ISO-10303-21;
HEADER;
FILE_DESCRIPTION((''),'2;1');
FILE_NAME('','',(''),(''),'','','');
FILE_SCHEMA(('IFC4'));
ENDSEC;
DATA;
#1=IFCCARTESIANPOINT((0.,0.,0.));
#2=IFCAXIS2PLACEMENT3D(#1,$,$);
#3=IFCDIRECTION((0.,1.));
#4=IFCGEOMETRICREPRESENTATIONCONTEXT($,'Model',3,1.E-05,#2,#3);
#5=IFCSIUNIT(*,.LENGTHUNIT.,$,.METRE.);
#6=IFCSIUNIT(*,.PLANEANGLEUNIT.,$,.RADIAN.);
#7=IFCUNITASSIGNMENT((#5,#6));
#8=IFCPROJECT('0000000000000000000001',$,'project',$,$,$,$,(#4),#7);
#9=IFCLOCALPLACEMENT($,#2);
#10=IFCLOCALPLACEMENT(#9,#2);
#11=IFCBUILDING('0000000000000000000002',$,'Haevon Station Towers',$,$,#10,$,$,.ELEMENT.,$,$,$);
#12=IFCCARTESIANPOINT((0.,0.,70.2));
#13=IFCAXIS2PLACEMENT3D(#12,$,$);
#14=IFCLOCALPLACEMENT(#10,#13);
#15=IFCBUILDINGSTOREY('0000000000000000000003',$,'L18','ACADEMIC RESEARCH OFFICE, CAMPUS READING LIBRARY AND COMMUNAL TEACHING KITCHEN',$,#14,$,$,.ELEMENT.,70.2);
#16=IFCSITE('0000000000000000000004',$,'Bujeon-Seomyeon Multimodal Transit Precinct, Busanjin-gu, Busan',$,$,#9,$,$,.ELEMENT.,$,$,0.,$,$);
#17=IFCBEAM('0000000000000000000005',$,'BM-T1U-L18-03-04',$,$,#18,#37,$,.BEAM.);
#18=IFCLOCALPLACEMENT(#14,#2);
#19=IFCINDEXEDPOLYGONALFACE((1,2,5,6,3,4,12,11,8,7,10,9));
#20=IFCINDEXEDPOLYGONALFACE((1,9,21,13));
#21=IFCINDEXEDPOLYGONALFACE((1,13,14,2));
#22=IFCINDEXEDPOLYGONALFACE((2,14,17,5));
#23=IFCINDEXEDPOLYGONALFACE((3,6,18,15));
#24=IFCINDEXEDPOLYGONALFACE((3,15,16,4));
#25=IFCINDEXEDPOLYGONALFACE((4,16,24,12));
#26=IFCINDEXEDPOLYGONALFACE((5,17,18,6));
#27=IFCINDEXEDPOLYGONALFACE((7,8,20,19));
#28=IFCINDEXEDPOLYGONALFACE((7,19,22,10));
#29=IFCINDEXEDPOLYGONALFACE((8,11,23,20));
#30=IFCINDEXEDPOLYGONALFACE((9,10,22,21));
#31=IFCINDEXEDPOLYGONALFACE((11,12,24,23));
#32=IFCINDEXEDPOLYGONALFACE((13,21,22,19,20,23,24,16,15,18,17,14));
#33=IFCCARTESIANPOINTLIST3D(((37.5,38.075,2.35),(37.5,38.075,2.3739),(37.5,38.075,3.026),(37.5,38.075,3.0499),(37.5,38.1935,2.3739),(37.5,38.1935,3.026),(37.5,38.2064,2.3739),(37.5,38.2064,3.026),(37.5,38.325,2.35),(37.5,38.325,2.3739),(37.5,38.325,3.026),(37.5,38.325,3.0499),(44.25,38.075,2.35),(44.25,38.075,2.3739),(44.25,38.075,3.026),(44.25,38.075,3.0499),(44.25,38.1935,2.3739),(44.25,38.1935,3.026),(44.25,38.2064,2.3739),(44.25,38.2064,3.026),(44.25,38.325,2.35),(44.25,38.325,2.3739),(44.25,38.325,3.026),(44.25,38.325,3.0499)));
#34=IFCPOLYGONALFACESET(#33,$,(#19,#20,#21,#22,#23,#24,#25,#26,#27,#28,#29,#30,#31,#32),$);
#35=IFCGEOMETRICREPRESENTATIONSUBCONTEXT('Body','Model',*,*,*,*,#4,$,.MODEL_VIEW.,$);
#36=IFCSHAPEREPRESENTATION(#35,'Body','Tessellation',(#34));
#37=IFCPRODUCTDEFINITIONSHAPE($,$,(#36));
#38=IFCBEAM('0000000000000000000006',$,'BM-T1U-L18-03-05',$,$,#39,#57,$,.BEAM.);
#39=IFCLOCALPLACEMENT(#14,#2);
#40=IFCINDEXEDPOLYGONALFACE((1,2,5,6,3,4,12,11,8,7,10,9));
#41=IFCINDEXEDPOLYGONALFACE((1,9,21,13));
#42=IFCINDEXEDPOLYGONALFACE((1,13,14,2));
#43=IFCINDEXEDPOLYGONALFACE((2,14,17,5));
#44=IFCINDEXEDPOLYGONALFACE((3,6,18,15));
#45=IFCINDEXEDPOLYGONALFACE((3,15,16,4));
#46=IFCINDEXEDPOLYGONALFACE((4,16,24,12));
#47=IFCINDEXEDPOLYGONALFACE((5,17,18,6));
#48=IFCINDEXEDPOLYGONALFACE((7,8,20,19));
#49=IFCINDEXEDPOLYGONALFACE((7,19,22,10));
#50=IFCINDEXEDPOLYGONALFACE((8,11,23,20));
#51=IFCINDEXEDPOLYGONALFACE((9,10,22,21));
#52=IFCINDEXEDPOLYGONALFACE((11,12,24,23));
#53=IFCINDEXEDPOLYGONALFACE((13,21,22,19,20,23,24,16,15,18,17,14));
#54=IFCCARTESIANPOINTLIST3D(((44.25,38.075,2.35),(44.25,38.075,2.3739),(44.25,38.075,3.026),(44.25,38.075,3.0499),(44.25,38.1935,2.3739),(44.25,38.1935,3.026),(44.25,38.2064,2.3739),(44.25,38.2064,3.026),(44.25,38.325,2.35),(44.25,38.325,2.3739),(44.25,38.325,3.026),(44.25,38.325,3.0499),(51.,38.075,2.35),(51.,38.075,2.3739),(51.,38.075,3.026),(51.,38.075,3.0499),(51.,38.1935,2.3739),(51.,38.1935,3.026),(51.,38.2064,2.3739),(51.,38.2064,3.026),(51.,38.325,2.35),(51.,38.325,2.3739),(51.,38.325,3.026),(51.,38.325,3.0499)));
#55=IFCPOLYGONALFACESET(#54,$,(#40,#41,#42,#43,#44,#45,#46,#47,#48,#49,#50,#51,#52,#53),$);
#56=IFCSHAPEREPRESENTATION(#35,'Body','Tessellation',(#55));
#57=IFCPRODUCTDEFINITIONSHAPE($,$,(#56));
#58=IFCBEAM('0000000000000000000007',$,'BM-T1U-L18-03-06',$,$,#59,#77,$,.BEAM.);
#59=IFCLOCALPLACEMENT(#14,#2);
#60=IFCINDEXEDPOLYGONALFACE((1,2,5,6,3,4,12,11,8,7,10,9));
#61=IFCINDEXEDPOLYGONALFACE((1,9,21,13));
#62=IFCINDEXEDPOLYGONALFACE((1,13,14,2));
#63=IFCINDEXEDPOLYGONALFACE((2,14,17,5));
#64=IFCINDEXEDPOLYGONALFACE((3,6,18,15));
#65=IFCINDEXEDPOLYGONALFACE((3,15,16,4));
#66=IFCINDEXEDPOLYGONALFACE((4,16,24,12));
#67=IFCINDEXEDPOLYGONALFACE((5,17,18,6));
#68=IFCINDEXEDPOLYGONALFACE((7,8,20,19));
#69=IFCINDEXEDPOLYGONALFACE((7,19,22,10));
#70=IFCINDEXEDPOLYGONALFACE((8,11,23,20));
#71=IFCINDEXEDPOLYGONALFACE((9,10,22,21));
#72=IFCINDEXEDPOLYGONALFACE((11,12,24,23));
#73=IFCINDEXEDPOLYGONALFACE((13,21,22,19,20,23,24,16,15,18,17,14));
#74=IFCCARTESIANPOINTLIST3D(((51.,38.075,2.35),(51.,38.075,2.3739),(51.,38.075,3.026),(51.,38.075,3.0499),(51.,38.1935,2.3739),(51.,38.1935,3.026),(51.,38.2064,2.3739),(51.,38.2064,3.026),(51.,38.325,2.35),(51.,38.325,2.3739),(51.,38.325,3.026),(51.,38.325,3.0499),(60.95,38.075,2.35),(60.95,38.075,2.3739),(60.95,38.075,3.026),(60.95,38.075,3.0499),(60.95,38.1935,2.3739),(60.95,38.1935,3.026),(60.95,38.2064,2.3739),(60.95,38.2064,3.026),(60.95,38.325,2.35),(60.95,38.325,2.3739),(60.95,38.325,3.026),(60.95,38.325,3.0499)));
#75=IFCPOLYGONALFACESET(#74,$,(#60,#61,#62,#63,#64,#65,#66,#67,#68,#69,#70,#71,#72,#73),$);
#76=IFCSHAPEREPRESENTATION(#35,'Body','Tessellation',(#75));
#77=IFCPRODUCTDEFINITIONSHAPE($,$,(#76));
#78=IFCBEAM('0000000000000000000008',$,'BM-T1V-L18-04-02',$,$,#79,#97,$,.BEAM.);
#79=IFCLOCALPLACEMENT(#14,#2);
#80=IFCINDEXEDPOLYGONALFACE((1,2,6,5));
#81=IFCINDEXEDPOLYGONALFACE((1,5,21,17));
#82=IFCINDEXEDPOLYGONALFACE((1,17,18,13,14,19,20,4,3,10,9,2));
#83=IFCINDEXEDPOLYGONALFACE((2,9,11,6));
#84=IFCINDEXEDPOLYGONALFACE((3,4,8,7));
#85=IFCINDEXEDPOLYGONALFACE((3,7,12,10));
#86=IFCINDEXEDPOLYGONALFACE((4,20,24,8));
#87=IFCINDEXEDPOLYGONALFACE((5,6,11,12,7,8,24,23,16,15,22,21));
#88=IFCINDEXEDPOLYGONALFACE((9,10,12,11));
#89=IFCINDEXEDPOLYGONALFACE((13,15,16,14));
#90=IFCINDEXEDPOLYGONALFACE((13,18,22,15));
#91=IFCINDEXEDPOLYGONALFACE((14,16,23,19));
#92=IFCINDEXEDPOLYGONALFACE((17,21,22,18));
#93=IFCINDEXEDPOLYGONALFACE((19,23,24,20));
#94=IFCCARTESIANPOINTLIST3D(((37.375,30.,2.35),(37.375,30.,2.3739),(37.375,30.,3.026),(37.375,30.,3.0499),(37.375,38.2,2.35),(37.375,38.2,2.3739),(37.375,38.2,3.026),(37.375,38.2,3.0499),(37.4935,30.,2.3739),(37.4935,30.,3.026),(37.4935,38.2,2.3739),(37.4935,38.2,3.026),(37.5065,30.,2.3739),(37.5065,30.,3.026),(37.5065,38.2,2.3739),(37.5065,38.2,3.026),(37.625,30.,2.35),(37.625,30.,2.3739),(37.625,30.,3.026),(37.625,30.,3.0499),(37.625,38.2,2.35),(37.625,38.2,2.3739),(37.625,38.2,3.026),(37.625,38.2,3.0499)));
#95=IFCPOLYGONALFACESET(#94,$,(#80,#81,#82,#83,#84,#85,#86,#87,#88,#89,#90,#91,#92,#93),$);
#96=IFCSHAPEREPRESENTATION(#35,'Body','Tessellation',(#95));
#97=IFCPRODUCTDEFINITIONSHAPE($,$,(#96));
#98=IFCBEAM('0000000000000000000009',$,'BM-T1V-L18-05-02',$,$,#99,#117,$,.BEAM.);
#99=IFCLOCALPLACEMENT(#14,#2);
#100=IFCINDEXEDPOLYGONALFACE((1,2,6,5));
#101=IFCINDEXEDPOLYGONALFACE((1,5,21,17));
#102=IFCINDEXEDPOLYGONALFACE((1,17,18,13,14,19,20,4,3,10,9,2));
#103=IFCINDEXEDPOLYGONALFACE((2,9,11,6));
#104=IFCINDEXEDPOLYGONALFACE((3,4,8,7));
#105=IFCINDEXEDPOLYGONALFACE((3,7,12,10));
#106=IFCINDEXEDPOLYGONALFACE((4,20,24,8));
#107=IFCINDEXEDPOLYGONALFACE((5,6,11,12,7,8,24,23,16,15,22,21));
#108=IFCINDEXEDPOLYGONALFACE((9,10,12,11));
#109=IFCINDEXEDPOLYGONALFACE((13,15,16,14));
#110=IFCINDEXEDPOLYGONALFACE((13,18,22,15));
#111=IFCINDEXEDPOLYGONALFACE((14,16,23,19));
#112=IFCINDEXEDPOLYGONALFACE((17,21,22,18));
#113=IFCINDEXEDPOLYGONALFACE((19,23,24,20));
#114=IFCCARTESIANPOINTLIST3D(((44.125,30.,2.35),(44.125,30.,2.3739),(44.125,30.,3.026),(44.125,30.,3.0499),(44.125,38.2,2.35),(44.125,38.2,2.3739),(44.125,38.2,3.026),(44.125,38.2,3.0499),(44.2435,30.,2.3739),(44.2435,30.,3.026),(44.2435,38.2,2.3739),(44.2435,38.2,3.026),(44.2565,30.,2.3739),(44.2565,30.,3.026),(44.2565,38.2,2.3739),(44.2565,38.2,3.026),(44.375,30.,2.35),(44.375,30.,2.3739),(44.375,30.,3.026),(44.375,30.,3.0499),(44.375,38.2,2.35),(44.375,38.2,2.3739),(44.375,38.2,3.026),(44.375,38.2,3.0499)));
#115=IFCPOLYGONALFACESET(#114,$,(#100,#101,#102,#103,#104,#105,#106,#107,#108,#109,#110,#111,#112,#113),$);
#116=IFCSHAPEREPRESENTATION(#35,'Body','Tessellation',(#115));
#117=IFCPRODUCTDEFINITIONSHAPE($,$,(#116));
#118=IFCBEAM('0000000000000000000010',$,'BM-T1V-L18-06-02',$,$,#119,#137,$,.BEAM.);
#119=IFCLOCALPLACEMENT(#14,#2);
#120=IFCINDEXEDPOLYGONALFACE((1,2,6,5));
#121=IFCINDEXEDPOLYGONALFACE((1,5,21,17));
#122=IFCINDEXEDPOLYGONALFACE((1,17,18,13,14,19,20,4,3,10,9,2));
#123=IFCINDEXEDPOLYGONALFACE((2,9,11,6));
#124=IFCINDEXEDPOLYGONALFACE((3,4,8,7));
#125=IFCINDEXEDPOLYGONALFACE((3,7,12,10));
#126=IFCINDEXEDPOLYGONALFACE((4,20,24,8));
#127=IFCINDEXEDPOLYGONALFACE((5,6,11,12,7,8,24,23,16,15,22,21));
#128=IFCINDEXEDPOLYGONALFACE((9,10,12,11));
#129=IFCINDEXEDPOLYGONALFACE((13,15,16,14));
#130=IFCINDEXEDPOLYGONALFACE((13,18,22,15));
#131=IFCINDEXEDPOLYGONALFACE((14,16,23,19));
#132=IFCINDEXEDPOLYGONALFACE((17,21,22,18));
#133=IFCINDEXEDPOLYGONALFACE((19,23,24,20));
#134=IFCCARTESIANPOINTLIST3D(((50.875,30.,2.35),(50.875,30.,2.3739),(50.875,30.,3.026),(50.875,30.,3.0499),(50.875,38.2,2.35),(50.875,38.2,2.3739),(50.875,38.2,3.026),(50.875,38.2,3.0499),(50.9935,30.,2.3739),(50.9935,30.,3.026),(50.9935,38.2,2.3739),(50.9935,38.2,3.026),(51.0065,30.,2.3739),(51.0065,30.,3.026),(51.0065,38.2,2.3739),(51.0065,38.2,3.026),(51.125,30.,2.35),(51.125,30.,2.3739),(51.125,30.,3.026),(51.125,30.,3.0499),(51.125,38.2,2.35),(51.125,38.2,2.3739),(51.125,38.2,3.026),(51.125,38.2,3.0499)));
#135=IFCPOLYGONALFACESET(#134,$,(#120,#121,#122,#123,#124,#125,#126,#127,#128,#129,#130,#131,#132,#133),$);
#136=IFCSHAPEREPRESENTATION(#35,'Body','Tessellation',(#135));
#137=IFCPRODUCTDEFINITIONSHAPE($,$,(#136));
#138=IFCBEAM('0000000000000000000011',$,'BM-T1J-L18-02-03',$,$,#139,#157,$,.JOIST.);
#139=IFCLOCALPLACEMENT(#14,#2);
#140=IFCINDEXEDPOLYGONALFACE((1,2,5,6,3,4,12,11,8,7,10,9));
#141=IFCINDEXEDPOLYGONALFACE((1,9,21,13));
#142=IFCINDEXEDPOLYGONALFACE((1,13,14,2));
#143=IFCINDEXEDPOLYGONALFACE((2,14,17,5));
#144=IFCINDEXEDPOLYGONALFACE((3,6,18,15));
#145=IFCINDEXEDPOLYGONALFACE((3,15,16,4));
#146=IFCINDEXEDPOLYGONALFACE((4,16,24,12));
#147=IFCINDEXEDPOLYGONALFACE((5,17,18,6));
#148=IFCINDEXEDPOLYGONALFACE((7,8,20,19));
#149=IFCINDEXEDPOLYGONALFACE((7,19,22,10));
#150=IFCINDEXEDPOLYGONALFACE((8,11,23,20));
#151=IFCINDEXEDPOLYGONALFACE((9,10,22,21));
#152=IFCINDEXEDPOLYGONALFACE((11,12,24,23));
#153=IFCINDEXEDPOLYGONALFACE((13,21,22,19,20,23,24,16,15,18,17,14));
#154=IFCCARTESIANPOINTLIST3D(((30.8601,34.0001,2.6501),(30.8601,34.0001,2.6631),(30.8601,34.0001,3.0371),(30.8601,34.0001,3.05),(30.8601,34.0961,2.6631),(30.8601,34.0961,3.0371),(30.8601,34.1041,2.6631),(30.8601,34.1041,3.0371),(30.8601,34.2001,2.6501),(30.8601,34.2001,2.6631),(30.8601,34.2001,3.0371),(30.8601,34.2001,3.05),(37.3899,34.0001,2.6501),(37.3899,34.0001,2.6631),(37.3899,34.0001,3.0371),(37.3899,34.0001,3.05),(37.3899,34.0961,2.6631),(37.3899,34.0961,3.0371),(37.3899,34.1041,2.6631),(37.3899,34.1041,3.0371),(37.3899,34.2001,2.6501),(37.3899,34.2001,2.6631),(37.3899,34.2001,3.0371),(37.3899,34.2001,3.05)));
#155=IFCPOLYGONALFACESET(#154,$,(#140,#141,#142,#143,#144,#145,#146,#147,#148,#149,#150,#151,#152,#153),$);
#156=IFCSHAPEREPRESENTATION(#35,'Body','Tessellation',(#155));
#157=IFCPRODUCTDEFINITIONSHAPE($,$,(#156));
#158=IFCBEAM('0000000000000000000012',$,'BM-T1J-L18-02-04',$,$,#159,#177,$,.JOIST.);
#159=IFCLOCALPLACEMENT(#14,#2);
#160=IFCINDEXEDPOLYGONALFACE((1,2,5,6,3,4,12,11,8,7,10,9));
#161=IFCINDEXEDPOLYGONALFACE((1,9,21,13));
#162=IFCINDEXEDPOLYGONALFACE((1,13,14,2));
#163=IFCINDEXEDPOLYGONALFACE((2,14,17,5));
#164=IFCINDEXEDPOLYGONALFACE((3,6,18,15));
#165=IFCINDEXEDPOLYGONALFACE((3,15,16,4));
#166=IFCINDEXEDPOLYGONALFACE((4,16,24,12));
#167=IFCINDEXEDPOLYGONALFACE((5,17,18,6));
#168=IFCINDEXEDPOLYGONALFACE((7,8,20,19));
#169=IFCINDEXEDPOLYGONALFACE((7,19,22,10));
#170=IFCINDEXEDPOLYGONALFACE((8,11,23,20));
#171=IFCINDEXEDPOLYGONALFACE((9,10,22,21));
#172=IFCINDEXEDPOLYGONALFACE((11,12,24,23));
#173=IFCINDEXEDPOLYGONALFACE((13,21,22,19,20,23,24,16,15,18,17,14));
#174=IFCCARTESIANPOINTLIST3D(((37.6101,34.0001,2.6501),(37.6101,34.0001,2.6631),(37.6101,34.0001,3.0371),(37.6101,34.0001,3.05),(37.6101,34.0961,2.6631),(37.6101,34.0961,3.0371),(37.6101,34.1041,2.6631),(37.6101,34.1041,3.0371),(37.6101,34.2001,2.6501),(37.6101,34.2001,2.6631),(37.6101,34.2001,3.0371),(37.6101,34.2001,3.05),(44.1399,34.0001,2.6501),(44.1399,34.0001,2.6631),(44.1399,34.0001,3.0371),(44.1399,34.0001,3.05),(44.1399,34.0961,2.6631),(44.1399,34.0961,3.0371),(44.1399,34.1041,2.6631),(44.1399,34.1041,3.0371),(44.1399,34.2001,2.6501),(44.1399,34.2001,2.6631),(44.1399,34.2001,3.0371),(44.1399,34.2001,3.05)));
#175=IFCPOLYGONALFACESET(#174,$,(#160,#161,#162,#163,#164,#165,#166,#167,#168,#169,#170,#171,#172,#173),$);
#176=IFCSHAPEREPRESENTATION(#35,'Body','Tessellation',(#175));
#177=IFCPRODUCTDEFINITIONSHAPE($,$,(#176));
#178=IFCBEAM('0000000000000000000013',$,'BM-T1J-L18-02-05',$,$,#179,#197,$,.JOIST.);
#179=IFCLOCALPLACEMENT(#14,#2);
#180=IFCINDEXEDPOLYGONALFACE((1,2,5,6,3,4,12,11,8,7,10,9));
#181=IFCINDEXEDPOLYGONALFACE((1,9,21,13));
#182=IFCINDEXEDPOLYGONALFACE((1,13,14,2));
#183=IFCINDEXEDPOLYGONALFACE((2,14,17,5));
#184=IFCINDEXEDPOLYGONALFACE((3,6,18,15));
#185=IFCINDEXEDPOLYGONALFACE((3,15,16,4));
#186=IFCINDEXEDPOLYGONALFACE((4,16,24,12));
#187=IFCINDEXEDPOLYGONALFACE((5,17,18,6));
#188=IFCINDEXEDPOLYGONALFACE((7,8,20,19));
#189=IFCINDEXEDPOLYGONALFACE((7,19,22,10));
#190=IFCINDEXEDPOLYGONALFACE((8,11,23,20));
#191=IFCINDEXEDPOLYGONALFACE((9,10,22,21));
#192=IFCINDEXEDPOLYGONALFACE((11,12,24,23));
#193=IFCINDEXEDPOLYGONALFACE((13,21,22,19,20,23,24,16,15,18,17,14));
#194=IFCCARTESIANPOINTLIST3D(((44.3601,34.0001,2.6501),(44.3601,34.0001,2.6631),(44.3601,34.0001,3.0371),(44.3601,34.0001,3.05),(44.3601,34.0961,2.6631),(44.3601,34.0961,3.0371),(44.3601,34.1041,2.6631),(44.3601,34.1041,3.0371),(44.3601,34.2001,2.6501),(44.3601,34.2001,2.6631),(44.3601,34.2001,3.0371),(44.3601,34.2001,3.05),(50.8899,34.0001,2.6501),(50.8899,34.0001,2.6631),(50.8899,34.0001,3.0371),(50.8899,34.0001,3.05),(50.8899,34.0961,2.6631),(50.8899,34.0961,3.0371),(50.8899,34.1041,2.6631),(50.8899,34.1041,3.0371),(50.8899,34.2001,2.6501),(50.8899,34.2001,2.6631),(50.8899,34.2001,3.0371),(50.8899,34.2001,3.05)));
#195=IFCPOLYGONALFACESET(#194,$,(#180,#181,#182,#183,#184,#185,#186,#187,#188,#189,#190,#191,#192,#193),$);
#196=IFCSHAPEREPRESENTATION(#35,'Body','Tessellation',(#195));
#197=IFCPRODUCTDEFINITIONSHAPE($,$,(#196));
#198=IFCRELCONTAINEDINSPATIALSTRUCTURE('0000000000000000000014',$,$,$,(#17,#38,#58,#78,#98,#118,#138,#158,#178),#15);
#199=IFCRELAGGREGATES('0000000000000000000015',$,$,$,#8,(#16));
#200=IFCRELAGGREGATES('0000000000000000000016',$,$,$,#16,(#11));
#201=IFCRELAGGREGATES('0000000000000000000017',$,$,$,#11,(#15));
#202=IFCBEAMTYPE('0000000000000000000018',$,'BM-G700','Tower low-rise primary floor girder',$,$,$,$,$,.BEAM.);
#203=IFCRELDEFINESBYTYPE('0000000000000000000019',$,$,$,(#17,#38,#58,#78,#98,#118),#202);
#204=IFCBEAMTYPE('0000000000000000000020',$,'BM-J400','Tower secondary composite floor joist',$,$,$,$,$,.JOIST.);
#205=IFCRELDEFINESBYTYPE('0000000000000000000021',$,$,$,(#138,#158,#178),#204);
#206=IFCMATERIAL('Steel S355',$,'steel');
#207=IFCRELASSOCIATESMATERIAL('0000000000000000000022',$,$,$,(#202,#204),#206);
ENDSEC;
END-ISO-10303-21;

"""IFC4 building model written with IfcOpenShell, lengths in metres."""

from ifc_helpers import new_model, si_unit, direction, frame, origin, origin_2d, place, context, subcontext, project, spatial, i_section, extrude, material, material_profile, profile_set, type_object, element, save


model = new_model("IFC4")

# Units and contexts
model_context = context("Model", 3, precision=1e-05, world=origin(), true_north=direction((0.0, 1.0)))
body_context = subcontext(model_context, "Body", "Model", "MODEL_VIEW")
ifc_project = project(units=[si_unit("LENGTHUNIT", "METRE"), si_unit("PLANEANGLEUNIT", "RADIAN")], contexts=[model_context])

# Site, building, storey
site_placement = place(None, origin())
site = spatial("IfcSite", under=ifc_project, at=site_placement, Name="Bujeon-Seomyeon Multimodal Transit Precinct, Busanjin-gu, Busan", CompositionType="ELEMENT", RefElevation=0.0)
building_placement = place(site_placement, origin())
building = spatial("IfcBuilding", under=site, at=building_placement, Name="Haevon Station Towers", CompositionType="ELEMENT")
storey_placement = place(building_placement, frame((0.0, 0.0, 70.2)))
storey = spatial("IfcBuildingStorey", under=building, at=storey_placement, Name="L18", Description="ACADEMIC RESEARCH OFFICE, CAMPUS READING LIBRARY AND COMMUNAL TEACHING KITCHEN", CompositionType="ELEMENT", Elevation=70.2)

# Beams
ifc_material_1 = material(Name="Steel S355", Category="steel")
ifc_material_profile_1 = material_profile(ifc_material_1, i_section(OverallWidth=0.25, OverallDepth=0.7, WebThickness=0.0129, FlangeThickness=0.0239, at=origin_2d()), Name="H-700x250x13x24")
ifc_profile_set_1 = profile_set([ifc_material_profile_1], Name="Steel S355")
beam_type_1 = type_object("IfcBeamType", Name="BM-G700", Description="Tower low-rise primary floor girder", PredefinedType="BEAM", material=ifc_profile_set_1)
for number, where, z_axis, x_axis, name in (
    (1, (37.5, 38.2, 2.7), (1.0, 0.0, 0.0), (0.0, 1.0, 0.0), "BM-T1U-L18-03-04"),
    (2, (44.25, 38.2, 2.7), (1.0, 0.0, 0.0), (0.0, 1.0, 0.0), "BM-T1U-L18-03-05"),
):
    element("IfcBeam", number, at=place(storey_placement, frame(where, z_axis=z_axis, x_axis=x_axis)), inside=storey, type_object=beam_type_1, Name=name, PredefinedType="BEAM", context=body_context, shape_type="SweptSolid", body=[
        extrude(i_section(OverallWidth=0.25, OverallDepth=0.7, WebThickness=0.0129, FlangeThickness=0.0239, at=origin_2d()), origin(), (0.0, 0.0, 1.0), 6.75),
    ])
beam_1_placement = place(storey_placement, frame((51.0, 38.2, 2.7), z_axis=(1.0, 0.0, 0.0), x_axis=(0.0, 1.0, 0.0)))
element("IfcBeam", 3, at=beam_1_placement, inside=storey, type_object=beam_type_1, Name="BM-T1U-L18-03-06", PredefinedType="BEAM", context=body_context, shape_type="SweptSolid", body=[
    extrude(i_section(OverallWidth=0.25, OverallDepth=0.7, WebThickness=0.0129, FlangeThickness=0.0239, at=origin_2d()), origin(), (0.0, 0.0, 1.0), 9.95),
])
for number, where, z_axis, x_axis, name in (
    (4, (37.5, 30.0, 2.7), (0.0, 1.0, 0.0), (-1.0, 0.0, 0.0), "BM-T1V-L18-04-02"),
    (5, (44.25, 30.0, 2.7), (0.0, 1.0, 0.0), (-1.0, 0.0, 0.0), "BM-T1V-L18-05-02"),
    (6, (51.0, 30.0, 2.7), (0.0, 1.0, 0.0), (-1.0, 0.0, 0.0), "BM-T1V-L18-06-02"),
):
    element("IfcBeam", number, at=place(storey_placement, frame(where, z_axis=z_axis, x_axis=x_axis)), inside=storey, type_object=beam_type_1, Name=name, PredefinedType="BEAM", context=body_context, shape_type="SweptSolid", body=[
        extrude(i_section(OverallWidth=0.25, OverallDepth=0.7, WebThickness=0.0129, FlangeThickness=0.0239, at=origin_2d()), origin(), (0.0, 0.0, 1.0), 8.2),
    ])
ifc_material_profile_2 = material_profile(ifc_material_1, i_section(OverallWidth=0.2, OverallDepth=0.3999, WebThickness=0.0081, FlangeThickness=0.0129, at=origin_2d()), Name="H-400x200x8x13")
ifc_profile_set_2 = profile_set([ifc_material_profile_2], Name="Steel S355")
beam_type_2 = type_object("IfcBeamType", Name="BM-J400", Description="Tower secondary composite floor joist", PredefinedType="JOIST", material=ifc_profile_set_2)
for number, where, z_axis, x_axis, name in (
    (7, (30.8601, 34.1001, 2.8501), (1.0, 0.0, 0.0), (0.0, 1.0, 0.0), "BM-T1J-L18-02-03"),
    (8, (37.6101, 34.1001, 2.8501), (1.0, 0.0, 0.0), (0.0, 1.0, 0.0), "BM-T1J-L18-02-04"),
    (9, (44.3601, 34.1001, 2.8501), (1.0, 0.0, 0.0), (0.0, 1.0, 0.0), "BM-T1J-L18-02-05"),
):
    element("IfcBeam", number, at=place(storey_placement, frame(where, z_axis=z_axis, x_axis=x_axis)), inside=storey, type_object=beam_type_2, Name=name, PredefinedType="JOIST", context=body_context, shape_type="SweptSolid", body=[
        extrude(i_section(OverallWidth=0.2, OverallDepth=0.3999, WebThickness=0.0081, FlangeThickness=0.0129, at=origin_2d()), origin(), (0.0, 0.0, 1.0), 6.5298),
    ])

save(model, "model.ifc")
